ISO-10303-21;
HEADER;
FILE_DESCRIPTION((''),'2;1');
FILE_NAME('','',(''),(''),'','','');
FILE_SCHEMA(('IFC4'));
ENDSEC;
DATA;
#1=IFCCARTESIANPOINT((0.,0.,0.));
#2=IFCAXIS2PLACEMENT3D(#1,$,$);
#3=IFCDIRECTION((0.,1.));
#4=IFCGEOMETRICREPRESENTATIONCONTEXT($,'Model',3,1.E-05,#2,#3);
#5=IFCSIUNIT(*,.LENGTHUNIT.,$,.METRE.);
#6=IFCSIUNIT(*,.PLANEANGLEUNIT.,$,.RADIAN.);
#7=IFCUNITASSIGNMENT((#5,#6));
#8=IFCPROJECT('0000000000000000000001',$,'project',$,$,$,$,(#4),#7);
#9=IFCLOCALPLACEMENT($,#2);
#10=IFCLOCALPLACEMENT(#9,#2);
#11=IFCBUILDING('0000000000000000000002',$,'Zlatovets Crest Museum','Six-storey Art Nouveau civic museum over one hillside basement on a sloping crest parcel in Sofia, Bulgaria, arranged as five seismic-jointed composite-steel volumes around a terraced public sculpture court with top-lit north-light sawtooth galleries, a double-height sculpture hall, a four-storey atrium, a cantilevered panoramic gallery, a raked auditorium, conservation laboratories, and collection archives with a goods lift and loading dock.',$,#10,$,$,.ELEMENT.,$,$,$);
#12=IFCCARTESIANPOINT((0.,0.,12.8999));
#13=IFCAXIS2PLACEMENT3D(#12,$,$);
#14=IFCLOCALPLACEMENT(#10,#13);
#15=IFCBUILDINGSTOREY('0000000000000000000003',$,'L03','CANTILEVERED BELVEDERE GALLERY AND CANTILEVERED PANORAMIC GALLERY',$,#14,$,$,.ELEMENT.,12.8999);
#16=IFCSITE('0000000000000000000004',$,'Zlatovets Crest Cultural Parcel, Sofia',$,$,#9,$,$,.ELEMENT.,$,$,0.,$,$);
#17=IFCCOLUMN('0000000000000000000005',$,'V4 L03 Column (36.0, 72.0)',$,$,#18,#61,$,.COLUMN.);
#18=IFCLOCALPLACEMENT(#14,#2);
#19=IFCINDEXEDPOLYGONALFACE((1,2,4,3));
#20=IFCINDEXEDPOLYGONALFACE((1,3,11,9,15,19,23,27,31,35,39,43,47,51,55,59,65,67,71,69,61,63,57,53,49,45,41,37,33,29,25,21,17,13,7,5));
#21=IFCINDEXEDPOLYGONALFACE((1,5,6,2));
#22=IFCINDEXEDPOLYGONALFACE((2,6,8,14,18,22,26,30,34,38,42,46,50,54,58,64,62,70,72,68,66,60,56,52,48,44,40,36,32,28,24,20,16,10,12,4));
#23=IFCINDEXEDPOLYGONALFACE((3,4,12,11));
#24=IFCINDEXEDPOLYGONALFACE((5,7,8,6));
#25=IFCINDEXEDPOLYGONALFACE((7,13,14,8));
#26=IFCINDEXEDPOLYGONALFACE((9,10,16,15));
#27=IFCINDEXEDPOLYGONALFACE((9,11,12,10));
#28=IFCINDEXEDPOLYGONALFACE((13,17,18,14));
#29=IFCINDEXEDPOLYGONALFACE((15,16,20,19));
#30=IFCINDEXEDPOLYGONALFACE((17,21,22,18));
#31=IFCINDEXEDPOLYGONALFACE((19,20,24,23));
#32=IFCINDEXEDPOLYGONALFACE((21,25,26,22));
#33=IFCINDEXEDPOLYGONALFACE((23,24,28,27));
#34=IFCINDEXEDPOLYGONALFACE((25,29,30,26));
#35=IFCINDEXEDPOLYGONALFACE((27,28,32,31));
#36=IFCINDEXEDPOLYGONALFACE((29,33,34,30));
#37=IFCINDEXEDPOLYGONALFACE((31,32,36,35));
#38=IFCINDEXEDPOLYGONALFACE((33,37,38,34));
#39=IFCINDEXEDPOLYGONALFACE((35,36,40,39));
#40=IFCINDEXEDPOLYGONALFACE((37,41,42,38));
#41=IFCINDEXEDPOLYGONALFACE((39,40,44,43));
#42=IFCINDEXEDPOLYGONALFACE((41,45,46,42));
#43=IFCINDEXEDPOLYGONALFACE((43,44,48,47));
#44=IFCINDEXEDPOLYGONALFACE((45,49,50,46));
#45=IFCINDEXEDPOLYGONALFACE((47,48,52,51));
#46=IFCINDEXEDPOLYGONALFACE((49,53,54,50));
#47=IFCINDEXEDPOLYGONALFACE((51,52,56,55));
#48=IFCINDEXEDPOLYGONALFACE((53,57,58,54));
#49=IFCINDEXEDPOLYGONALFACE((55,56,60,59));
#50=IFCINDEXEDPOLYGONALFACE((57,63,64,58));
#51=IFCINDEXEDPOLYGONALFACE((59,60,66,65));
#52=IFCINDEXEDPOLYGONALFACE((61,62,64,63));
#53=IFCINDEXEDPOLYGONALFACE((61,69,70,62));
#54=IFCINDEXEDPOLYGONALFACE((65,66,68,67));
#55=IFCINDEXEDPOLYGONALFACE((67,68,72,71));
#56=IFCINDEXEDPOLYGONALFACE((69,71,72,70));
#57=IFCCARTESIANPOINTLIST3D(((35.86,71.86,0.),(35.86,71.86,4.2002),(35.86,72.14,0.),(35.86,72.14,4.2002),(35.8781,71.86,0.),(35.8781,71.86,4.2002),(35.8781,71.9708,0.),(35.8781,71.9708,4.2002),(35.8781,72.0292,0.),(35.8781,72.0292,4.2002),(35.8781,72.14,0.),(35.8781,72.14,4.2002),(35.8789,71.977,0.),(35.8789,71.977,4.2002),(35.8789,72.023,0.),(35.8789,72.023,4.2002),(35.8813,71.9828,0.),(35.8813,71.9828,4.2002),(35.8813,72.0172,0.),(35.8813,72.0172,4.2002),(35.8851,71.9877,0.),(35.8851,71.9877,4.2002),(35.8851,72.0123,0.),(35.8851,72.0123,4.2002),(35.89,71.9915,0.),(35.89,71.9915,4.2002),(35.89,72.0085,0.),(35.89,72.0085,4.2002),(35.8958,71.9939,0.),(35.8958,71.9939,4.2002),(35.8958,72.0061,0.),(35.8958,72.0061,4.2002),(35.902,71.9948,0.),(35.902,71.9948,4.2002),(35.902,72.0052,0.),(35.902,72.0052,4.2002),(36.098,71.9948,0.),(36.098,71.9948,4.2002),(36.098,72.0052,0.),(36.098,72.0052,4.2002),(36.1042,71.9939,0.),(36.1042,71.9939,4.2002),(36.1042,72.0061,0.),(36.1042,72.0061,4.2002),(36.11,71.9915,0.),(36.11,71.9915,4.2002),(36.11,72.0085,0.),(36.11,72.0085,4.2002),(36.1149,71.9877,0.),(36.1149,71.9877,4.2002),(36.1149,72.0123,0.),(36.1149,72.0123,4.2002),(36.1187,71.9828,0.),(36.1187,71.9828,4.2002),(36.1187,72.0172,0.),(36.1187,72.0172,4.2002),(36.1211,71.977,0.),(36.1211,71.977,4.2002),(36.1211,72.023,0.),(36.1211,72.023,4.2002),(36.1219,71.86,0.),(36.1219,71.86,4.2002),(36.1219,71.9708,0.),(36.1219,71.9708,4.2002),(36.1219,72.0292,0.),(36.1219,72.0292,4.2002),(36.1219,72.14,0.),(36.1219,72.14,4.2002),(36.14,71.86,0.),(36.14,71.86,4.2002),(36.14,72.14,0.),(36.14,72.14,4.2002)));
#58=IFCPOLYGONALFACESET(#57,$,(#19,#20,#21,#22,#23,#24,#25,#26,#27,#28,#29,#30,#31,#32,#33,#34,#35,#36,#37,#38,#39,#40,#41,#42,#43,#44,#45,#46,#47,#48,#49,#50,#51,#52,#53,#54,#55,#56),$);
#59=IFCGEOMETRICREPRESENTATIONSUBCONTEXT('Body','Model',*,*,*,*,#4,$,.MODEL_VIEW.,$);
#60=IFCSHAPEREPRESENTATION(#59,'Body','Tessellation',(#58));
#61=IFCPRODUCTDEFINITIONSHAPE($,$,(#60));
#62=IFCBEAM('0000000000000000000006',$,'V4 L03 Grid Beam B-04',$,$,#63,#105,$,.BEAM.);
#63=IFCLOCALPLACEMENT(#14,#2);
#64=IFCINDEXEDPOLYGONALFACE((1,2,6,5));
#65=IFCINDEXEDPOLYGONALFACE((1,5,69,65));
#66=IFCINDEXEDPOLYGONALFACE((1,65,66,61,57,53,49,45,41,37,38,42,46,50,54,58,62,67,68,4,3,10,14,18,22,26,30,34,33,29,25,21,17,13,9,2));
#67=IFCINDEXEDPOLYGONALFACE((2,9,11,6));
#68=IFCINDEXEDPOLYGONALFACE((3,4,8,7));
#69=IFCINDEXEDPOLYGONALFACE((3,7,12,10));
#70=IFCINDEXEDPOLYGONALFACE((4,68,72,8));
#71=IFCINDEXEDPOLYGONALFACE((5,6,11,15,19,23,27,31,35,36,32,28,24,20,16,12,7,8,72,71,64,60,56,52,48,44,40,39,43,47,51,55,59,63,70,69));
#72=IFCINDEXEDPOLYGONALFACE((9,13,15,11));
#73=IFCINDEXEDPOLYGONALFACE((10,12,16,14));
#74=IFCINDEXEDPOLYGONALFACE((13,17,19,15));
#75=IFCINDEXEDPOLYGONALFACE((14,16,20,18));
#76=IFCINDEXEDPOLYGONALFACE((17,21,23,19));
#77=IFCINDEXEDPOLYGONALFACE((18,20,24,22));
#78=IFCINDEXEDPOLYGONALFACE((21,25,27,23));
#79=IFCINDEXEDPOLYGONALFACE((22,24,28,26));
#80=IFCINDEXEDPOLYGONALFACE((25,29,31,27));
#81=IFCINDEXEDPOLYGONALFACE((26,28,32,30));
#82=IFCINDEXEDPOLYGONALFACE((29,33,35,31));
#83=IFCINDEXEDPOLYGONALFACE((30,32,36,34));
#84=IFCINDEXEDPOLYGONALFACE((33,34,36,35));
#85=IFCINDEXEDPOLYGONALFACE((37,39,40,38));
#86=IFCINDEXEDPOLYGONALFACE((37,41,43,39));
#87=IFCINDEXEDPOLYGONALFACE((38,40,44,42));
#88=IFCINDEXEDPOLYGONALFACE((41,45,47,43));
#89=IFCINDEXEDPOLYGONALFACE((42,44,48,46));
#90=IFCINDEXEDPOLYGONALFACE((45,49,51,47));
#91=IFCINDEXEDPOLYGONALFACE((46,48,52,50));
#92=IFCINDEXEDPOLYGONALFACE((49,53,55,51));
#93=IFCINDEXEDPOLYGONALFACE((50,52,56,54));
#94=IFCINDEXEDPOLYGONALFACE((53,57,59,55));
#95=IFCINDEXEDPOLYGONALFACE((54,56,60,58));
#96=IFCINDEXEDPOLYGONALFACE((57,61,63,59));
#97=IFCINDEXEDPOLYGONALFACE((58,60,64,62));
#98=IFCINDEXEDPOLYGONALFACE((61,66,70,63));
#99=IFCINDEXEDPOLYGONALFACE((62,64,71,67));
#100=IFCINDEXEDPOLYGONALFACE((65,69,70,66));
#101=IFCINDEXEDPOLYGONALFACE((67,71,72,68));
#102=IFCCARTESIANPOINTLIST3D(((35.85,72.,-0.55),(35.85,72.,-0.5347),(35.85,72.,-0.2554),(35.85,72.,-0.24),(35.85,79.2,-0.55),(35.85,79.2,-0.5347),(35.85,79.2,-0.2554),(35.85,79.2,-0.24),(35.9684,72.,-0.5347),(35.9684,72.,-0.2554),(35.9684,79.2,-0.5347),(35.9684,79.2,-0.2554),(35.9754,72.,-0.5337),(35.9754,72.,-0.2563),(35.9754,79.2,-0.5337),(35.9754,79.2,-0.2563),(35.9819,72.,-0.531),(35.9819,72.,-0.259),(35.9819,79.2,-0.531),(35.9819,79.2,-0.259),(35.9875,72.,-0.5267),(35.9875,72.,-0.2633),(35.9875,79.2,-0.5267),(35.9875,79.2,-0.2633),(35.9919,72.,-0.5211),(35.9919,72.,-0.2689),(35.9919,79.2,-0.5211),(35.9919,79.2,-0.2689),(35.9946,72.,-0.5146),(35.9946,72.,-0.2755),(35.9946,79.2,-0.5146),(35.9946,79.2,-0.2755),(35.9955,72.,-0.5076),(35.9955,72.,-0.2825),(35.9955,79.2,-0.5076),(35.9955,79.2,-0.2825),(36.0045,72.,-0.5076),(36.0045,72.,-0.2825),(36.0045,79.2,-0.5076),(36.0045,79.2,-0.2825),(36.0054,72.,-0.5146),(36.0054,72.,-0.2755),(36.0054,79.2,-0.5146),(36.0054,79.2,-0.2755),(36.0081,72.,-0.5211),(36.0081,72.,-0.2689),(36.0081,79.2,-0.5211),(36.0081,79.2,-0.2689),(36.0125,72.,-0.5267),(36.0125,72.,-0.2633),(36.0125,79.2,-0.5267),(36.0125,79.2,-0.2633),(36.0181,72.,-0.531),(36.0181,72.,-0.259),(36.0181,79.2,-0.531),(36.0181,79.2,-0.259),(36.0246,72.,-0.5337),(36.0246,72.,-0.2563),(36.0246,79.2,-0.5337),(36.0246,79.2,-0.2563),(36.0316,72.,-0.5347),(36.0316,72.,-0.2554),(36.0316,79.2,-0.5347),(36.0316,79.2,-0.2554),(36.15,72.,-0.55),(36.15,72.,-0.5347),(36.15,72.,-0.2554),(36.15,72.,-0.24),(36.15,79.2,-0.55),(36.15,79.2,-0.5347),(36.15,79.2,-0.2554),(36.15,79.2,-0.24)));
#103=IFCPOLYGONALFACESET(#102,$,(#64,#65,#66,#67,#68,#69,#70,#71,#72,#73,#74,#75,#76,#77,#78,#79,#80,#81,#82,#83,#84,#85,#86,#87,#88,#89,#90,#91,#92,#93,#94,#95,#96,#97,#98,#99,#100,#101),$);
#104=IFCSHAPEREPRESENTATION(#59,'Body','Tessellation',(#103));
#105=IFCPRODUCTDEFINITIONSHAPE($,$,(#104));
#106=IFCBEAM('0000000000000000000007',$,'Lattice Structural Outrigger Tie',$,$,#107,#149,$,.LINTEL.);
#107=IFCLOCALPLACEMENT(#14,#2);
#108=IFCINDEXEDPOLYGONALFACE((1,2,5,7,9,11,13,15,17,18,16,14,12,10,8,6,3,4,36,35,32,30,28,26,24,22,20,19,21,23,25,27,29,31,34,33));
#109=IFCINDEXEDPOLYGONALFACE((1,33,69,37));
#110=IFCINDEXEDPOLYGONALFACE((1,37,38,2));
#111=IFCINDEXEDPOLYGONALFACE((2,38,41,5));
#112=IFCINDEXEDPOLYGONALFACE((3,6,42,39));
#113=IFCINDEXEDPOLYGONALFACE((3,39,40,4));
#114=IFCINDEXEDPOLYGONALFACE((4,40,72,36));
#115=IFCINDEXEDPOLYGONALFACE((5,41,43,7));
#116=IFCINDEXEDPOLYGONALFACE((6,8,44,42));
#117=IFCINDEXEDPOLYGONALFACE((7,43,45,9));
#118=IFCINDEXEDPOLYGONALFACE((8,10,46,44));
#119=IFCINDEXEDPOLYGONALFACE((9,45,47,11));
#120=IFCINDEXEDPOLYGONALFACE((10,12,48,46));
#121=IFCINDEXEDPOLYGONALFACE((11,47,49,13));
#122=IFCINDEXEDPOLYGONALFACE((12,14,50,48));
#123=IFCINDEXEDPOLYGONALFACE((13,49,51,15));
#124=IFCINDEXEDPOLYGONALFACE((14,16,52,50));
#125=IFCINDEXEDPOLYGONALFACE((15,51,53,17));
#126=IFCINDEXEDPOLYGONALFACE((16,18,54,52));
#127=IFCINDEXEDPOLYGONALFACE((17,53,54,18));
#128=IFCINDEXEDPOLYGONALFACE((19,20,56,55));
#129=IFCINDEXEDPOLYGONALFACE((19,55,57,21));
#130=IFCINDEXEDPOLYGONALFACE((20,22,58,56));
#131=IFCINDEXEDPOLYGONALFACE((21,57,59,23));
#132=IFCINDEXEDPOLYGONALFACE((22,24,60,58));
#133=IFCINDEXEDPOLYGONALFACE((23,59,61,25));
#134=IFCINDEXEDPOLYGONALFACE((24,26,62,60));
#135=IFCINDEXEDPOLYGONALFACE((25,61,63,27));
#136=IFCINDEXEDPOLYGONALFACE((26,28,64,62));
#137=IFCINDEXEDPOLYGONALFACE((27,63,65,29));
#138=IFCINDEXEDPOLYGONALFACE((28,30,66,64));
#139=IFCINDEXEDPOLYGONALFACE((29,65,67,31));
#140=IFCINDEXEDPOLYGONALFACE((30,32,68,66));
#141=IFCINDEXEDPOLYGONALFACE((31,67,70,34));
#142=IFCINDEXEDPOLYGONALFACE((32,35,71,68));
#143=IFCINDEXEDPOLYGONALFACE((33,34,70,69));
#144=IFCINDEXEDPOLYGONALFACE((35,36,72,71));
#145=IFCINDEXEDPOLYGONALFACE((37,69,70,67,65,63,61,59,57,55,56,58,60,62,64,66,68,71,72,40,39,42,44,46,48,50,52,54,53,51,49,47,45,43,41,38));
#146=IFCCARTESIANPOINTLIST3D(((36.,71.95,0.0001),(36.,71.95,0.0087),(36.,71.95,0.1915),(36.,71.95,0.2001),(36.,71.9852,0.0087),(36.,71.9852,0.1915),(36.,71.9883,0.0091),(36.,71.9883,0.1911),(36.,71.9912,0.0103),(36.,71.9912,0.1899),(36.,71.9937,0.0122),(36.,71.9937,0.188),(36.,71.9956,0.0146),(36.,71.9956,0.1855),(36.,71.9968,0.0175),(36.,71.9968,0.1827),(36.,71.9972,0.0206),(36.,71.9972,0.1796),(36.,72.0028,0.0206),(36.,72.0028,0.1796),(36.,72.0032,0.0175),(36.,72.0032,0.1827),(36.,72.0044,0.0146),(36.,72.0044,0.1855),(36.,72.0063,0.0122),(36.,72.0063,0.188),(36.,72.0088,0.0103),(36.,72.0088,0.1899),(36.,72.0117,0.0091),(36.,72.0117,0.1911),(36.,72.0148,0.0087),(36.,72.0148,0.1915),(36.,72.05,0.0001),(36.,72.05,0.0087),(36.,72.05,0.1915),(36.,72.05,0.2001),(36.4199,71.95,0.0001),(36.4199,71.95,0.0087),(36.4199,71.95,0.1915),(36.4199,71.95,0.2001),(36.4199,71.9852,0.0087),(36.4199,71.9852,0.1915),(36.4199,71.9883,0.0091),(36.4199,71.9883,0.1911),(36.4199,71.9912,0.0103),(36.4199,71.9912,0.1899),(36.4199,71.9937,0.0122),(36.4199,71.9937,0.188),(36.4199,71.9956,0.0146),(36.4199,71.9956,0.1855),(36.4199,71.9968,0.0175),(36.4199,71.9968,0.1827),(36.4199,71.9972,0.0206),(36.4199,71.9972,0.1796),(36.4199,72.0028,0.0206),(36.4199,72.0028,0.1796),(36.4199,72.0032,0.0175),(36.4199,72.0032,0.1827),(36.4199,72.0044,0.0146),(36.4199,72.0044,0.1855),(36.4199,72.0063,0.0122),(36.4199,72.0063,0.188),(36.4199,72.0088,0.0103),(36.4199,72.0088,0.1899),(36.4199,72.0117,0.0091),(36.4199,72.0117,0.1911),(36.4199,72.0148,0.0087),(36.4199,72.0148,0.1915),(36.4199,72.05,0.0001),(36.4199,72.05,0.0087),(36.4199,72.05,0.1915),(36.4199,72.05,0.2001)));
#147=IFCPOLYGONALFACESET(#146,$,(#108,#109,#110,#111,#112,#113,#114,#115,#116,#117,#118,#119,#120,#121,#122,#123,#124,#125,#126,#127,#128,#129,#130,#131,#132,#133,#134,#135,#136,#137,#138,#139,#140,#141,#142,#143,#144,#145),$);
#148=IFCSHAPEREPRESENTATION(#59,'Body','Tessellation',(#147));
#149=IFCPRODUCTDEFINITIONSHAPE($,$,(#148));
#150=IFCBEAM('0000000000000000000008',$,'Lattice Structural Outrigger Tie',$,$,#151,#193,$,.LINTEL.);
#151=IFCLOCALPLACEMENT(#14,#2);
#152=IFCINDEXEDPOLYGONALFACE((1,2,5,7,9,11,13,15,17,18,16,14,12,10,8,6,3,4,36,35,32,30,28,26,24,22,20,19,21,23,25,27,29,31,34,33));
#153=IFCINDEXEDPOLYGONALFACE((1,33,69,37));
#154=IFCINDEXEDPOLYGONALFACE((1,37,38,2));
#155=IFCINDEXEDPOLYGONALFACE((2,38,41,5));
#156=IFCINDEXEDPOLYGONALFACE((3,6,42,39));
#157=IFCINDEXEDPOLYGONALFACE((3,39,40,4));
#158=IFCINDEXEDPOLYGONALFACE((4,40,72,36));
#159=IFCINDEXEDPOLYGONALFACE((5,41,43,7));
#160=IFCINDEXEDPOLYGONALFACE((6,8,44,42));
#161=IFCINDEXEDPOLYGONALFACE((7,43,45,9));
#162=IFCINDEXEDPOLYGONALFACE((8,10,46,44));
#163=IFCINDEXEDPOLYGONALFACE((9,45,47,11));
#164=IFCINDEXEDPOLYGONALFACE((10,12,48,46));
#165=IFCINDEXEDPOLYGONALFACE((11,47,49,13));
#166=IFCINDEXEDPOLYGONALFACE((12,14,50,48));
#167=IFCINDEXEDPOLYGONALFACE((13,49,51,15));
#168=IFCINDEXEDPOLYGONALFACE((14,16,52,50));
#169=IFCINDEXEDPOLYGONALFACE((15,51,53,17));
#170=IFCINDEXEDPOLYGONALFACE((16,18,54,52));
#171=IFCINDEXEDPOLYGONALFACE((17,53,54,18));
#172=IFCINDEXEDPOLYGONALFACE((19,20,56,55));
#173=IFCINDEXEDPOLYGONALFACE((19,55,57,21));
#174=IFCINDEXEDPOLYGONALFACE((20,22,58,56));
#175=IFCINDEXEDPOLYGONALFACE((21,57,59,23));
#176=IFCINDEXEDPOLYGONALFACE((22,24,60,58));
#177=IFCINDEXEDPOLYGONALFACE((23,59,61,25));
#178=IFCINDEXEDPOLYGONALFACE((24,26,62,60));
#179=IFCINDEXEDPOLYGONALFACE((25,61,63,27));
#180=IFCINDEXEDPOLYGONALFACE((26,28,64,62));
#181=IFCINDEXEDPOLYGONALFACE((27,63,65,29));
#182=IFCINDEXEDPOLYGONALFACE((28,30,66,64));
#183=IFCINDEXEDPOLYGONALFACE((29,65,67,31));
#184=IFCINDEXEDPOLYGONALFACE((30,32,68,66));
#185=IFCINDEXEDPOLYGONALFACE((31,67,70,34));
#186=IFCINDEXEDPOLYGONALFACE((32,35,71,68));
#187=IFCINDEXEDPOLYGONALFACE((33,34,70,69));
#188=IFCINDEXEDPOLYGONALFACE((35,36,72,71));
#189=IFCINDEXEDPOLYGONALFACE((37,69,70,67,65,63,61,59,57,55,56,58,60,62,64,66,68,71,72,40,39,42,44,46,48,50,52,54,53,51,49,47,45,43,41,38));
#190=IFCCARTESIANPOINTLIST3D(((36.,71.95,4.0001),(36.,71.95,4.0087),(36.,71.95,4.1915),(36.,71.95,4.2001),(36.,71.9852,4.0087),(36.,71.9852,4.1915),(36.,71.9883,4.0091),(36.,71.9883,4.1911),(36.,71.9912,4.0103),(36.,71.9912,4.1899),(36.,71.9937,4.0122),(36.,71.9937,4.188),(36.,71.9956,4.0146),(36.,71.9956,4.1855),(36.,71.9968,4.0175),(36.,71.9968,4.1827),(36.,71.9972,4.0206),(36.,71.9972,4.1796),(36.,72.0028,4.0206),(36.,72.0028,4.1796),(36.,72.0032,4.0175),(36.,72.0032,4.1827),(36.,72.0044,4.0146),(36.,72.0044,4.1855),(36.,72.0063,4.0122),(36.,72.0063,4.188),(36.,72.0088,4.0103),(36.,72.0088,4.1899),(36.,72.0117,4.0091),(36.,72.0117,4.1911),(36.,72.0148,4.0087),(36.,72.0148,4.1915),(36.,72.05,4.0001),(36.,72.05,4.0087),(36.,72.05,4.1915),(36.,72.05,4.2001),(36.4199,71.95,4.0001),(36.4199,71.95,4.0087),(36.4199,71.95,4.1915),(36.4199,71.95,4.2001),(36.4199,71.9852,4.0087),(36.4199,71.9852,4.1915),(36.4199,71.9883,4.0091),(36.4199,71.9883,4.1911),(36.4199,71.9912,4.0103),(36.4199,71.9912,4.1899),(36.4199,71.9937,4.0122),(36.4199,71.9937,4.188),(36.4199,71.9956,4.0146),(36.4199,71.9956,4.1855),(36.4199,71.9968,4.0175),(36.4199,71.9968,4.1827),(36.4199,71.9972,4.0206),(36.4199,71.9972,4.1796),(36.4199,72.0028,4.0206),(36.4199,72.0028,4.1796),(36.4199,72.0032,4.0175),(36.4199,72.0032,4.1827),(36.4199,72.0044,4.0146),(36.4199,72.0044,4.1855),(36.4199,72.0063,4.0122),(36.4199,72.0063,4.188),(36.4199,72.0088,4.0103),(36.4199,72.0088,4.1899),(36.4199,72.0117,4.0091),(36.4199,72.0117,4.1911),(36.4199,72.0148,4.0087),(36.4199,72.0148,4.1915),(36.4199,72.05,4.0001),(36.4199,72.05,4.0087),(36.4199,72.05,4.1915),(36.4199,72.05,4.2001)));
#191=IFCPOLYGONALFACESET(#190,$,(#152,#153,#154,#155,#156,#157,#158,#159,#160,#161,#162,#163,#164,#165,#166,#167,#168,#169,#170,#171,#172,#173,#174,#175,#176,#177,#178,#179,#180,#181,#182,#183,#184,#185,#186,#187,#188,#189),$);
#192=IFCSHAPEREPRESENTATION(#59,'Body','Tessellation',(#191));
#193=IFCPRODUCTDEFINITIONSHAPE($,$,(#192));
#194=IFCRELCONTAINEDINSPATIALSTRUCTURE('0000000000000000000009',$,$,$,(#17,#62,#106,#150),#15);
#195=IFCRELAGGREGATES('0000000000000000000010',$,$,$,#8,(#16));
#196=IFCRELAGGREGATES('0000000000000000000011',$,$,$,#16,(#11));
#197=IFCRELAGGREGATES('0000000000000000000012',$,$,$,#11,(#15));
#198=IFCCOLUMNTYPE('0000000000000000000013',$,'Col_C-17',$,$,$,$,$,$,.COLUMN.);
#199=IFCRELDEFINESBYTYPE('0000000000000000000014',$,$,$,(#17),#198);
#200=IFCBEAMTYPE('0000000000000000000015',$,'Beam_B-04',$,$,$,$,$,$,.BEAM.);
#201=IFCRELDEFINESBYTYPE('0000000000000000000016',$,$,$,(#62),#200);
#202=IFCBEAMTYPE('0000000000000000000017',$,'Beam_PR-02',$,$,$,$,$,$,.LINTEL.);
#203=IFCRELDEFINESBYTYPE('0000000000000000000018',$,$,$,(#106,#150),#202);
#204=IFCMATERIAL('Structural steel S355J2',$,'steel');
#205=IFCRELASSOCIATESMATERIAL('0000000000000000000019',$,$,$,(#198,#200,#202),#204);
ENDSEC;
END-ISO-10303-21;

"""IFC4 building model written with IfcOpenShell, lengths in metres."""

from ifc_helpers import new_model, si_unit, direction, frame, origin, origin_2d, place, context, subcontext, project, spatial, i_section, extrude, material, material_profile, profile_set, type_object, element, save


model = new_model("IFC4")

# Units and contexts
model_context = context("Model", 3, precision=1e-05, world=origin(), true_north=direction((0.0, 1.0)))
body_context = subcontext(model_context, "Body", "Model", "MODEL_VIEW")
ifc_project = project(units=[si_unit("LENGTHUNIT", "METRE"), si_unit("PLANEANGLEUNIT", "RADIAN")], contexts=[model_context])

# Site, building, storey
site_placement = place(None, origin())
site = spatial("IfcSite", under=ifc_project, at=site_placement, Name="Zlatovets Crest Cultural Parcel, Sofia", CompositionType="ELEMENT", RefElevation=0.0)
building_placement = place(site_placement, origin())
building = spatial("IfcBuilding", under=site, at=building_placement, Name="Zlatovets Crest Museum", Description="Six-storey Art Nouveau civic museum over one hillside basement on a sloping crest parcel in Sofia, Bulgaria, arranged as five seismic-jointed composite-steel volumes around a terraced public sculpture court with top-lit north-light sawtooth galleries, a double-height sculpture hall, a four-storey atrium, a cantilevered panoramic gallery, a raked auditorium, conservation laboratories, and collection archives with a goods lift and loading dock.", CompositionType="ELEMENT")
storey_placement = place(building_placement, frame((0.0, 0.0, 12.8999)))
storey = spatial("IfcBuildingStorey", under=building, at=storey_placement, Name="L03", Description="CANTILEVERED BELVEDERE GALLERY AND CANTILEVERED PANORAMIC GALLERY", CompositionType="ELEMENT", Elevation=12.8999)

# Column
ifc_material_1 = material(Name="Structural steel S355J2", Category="steel")
ifc_material_profile_1 = material_profile(ifc_material_1, i_section(OverallWidth=0.28, OverallDepth=0.28, WebThickness=0.0105, FlangeThickness=0.0181, FilletRadius=0.0239, at=origin_2d()), Name="HEB 280")
ifc_profile_set_1 = profile_set([ifc_material_profile_1], Name="Structural steel S355J2")
column_type = type_object("IfcColumnType", Name="Col_C-17", PredefinedType="COLUMN", material=ifc_profile_set_1)
column_placement = place(storey_placement, frame((36.0, 72.0, 0.0), z_axis=(0.0, 0.0, 1.0), x_axis=(0.0, 1.0, 0.0)))
element("IfcColumn", 1, at=column_placement, inside=storey, type_object=column_type, Name="V4 L03 Column (36.0, 72.0)", PredefinedType="COLUMN", context=body_context, shape_type="SweptSolid", body=[
    extrude(i_section(OverallWidth=0.28, OverallDepth=0.28, WebThickness=0.0105, FlangeThickness=0.0181, FilletRadius=0.0239, at=origin_2d()), origin(), (0.0, 0.0, 1.0), 4.2002),
])

# Beams
ifc_material_profile_2 = material_profile(ifc_material_1, i_section(OverallWidth=0.3, OverallDepth=0.3101, WebThickness=0.009, FlangeThickness=0.0154, FilletRadius=0.0271, at=origin_2d()), Name="HEA 320")
ifc_profile_set_2 = profile_set([ifc_material_profile_2], Name="Structural steel S355J2")
beam_type_1 = type_object("IfcBeamType", Name="Beam_B-04", PredefinedType="BEAM", material=ifc_profile_set_2)
beam_placement = place(storey_placement, frame((36.0, 72.0, -0.395), z_axis=(0.0, 1.0, 0.0), x_axis=(-1.0, 0.0, 0.0)))
element("IfcBeam", 2, at=beam_placement, inside=storey, type_object=beam_type_1, Name="V4 L03 Grid Beam B-04", PredefinedType="BEAM", context=body_context, shape_type="SweptSolid", body=[
    extrude(i_section(OverallWidth=0.3, OverallDepth=0.3101, WebThickness=0.009, FlangeThickness=0.0154, FilletRadius=0.0271, at=origin_2d()), origin(), (0.0, 0.0, 1.0), 7.2),
])
ifc_material_profile_3 = material_profile(ifc_material_1, i_section(OverallWidth=0.1001, OverallDepth=0.2, WebThickness=0.0056, FlangeThickness=0.0085, FilletRadius=0.012, at=origin_2d()), Name="IPE 200")
ifc_profile_set_3 = profile_set([ifc_material_profile_3], Name="Structural steel S355J2")
beam_type_2 = type_object("IfcBeamType", Name="Beam_PR-02", PredefinedType="LINTEL", material=ifc_profile_set_3)
for number, where, z_axis, x_axis, name in (
    (3, (36.0, 72.0, 0.1001), (1.0, 0.0, 0.0), (0.0, 1.0, 0.0), "Lattice Structural Outrigger Tie"),
    (4, (36.0, 72.0, 4.1001), (1.0, 0.0, 0.0), (0.0, 1.0, 0.0), "Lattice Structural Outrigger Tie"),
):
    element("IfcBeam", number, at=place(storey_placement, frame(where, z_axis=z_axis, x_axis=x_axis)), inside=storey, type_object=beam_type_2, Name=name, PredefinedType="LINTEL", context=body_context, shape_type="SweptSolid", body=[
        extrude(i_section(OverallWidth=0.1001, OverallDepth=0.2, WebThickness=0.0056, FlangeThickness=0.0085, FilletRadius=0.012, at=origin_2d()), origin(), (0.0, 0.0, 1.0), 0.4199),
    ])

save(model, "model.ifc")
